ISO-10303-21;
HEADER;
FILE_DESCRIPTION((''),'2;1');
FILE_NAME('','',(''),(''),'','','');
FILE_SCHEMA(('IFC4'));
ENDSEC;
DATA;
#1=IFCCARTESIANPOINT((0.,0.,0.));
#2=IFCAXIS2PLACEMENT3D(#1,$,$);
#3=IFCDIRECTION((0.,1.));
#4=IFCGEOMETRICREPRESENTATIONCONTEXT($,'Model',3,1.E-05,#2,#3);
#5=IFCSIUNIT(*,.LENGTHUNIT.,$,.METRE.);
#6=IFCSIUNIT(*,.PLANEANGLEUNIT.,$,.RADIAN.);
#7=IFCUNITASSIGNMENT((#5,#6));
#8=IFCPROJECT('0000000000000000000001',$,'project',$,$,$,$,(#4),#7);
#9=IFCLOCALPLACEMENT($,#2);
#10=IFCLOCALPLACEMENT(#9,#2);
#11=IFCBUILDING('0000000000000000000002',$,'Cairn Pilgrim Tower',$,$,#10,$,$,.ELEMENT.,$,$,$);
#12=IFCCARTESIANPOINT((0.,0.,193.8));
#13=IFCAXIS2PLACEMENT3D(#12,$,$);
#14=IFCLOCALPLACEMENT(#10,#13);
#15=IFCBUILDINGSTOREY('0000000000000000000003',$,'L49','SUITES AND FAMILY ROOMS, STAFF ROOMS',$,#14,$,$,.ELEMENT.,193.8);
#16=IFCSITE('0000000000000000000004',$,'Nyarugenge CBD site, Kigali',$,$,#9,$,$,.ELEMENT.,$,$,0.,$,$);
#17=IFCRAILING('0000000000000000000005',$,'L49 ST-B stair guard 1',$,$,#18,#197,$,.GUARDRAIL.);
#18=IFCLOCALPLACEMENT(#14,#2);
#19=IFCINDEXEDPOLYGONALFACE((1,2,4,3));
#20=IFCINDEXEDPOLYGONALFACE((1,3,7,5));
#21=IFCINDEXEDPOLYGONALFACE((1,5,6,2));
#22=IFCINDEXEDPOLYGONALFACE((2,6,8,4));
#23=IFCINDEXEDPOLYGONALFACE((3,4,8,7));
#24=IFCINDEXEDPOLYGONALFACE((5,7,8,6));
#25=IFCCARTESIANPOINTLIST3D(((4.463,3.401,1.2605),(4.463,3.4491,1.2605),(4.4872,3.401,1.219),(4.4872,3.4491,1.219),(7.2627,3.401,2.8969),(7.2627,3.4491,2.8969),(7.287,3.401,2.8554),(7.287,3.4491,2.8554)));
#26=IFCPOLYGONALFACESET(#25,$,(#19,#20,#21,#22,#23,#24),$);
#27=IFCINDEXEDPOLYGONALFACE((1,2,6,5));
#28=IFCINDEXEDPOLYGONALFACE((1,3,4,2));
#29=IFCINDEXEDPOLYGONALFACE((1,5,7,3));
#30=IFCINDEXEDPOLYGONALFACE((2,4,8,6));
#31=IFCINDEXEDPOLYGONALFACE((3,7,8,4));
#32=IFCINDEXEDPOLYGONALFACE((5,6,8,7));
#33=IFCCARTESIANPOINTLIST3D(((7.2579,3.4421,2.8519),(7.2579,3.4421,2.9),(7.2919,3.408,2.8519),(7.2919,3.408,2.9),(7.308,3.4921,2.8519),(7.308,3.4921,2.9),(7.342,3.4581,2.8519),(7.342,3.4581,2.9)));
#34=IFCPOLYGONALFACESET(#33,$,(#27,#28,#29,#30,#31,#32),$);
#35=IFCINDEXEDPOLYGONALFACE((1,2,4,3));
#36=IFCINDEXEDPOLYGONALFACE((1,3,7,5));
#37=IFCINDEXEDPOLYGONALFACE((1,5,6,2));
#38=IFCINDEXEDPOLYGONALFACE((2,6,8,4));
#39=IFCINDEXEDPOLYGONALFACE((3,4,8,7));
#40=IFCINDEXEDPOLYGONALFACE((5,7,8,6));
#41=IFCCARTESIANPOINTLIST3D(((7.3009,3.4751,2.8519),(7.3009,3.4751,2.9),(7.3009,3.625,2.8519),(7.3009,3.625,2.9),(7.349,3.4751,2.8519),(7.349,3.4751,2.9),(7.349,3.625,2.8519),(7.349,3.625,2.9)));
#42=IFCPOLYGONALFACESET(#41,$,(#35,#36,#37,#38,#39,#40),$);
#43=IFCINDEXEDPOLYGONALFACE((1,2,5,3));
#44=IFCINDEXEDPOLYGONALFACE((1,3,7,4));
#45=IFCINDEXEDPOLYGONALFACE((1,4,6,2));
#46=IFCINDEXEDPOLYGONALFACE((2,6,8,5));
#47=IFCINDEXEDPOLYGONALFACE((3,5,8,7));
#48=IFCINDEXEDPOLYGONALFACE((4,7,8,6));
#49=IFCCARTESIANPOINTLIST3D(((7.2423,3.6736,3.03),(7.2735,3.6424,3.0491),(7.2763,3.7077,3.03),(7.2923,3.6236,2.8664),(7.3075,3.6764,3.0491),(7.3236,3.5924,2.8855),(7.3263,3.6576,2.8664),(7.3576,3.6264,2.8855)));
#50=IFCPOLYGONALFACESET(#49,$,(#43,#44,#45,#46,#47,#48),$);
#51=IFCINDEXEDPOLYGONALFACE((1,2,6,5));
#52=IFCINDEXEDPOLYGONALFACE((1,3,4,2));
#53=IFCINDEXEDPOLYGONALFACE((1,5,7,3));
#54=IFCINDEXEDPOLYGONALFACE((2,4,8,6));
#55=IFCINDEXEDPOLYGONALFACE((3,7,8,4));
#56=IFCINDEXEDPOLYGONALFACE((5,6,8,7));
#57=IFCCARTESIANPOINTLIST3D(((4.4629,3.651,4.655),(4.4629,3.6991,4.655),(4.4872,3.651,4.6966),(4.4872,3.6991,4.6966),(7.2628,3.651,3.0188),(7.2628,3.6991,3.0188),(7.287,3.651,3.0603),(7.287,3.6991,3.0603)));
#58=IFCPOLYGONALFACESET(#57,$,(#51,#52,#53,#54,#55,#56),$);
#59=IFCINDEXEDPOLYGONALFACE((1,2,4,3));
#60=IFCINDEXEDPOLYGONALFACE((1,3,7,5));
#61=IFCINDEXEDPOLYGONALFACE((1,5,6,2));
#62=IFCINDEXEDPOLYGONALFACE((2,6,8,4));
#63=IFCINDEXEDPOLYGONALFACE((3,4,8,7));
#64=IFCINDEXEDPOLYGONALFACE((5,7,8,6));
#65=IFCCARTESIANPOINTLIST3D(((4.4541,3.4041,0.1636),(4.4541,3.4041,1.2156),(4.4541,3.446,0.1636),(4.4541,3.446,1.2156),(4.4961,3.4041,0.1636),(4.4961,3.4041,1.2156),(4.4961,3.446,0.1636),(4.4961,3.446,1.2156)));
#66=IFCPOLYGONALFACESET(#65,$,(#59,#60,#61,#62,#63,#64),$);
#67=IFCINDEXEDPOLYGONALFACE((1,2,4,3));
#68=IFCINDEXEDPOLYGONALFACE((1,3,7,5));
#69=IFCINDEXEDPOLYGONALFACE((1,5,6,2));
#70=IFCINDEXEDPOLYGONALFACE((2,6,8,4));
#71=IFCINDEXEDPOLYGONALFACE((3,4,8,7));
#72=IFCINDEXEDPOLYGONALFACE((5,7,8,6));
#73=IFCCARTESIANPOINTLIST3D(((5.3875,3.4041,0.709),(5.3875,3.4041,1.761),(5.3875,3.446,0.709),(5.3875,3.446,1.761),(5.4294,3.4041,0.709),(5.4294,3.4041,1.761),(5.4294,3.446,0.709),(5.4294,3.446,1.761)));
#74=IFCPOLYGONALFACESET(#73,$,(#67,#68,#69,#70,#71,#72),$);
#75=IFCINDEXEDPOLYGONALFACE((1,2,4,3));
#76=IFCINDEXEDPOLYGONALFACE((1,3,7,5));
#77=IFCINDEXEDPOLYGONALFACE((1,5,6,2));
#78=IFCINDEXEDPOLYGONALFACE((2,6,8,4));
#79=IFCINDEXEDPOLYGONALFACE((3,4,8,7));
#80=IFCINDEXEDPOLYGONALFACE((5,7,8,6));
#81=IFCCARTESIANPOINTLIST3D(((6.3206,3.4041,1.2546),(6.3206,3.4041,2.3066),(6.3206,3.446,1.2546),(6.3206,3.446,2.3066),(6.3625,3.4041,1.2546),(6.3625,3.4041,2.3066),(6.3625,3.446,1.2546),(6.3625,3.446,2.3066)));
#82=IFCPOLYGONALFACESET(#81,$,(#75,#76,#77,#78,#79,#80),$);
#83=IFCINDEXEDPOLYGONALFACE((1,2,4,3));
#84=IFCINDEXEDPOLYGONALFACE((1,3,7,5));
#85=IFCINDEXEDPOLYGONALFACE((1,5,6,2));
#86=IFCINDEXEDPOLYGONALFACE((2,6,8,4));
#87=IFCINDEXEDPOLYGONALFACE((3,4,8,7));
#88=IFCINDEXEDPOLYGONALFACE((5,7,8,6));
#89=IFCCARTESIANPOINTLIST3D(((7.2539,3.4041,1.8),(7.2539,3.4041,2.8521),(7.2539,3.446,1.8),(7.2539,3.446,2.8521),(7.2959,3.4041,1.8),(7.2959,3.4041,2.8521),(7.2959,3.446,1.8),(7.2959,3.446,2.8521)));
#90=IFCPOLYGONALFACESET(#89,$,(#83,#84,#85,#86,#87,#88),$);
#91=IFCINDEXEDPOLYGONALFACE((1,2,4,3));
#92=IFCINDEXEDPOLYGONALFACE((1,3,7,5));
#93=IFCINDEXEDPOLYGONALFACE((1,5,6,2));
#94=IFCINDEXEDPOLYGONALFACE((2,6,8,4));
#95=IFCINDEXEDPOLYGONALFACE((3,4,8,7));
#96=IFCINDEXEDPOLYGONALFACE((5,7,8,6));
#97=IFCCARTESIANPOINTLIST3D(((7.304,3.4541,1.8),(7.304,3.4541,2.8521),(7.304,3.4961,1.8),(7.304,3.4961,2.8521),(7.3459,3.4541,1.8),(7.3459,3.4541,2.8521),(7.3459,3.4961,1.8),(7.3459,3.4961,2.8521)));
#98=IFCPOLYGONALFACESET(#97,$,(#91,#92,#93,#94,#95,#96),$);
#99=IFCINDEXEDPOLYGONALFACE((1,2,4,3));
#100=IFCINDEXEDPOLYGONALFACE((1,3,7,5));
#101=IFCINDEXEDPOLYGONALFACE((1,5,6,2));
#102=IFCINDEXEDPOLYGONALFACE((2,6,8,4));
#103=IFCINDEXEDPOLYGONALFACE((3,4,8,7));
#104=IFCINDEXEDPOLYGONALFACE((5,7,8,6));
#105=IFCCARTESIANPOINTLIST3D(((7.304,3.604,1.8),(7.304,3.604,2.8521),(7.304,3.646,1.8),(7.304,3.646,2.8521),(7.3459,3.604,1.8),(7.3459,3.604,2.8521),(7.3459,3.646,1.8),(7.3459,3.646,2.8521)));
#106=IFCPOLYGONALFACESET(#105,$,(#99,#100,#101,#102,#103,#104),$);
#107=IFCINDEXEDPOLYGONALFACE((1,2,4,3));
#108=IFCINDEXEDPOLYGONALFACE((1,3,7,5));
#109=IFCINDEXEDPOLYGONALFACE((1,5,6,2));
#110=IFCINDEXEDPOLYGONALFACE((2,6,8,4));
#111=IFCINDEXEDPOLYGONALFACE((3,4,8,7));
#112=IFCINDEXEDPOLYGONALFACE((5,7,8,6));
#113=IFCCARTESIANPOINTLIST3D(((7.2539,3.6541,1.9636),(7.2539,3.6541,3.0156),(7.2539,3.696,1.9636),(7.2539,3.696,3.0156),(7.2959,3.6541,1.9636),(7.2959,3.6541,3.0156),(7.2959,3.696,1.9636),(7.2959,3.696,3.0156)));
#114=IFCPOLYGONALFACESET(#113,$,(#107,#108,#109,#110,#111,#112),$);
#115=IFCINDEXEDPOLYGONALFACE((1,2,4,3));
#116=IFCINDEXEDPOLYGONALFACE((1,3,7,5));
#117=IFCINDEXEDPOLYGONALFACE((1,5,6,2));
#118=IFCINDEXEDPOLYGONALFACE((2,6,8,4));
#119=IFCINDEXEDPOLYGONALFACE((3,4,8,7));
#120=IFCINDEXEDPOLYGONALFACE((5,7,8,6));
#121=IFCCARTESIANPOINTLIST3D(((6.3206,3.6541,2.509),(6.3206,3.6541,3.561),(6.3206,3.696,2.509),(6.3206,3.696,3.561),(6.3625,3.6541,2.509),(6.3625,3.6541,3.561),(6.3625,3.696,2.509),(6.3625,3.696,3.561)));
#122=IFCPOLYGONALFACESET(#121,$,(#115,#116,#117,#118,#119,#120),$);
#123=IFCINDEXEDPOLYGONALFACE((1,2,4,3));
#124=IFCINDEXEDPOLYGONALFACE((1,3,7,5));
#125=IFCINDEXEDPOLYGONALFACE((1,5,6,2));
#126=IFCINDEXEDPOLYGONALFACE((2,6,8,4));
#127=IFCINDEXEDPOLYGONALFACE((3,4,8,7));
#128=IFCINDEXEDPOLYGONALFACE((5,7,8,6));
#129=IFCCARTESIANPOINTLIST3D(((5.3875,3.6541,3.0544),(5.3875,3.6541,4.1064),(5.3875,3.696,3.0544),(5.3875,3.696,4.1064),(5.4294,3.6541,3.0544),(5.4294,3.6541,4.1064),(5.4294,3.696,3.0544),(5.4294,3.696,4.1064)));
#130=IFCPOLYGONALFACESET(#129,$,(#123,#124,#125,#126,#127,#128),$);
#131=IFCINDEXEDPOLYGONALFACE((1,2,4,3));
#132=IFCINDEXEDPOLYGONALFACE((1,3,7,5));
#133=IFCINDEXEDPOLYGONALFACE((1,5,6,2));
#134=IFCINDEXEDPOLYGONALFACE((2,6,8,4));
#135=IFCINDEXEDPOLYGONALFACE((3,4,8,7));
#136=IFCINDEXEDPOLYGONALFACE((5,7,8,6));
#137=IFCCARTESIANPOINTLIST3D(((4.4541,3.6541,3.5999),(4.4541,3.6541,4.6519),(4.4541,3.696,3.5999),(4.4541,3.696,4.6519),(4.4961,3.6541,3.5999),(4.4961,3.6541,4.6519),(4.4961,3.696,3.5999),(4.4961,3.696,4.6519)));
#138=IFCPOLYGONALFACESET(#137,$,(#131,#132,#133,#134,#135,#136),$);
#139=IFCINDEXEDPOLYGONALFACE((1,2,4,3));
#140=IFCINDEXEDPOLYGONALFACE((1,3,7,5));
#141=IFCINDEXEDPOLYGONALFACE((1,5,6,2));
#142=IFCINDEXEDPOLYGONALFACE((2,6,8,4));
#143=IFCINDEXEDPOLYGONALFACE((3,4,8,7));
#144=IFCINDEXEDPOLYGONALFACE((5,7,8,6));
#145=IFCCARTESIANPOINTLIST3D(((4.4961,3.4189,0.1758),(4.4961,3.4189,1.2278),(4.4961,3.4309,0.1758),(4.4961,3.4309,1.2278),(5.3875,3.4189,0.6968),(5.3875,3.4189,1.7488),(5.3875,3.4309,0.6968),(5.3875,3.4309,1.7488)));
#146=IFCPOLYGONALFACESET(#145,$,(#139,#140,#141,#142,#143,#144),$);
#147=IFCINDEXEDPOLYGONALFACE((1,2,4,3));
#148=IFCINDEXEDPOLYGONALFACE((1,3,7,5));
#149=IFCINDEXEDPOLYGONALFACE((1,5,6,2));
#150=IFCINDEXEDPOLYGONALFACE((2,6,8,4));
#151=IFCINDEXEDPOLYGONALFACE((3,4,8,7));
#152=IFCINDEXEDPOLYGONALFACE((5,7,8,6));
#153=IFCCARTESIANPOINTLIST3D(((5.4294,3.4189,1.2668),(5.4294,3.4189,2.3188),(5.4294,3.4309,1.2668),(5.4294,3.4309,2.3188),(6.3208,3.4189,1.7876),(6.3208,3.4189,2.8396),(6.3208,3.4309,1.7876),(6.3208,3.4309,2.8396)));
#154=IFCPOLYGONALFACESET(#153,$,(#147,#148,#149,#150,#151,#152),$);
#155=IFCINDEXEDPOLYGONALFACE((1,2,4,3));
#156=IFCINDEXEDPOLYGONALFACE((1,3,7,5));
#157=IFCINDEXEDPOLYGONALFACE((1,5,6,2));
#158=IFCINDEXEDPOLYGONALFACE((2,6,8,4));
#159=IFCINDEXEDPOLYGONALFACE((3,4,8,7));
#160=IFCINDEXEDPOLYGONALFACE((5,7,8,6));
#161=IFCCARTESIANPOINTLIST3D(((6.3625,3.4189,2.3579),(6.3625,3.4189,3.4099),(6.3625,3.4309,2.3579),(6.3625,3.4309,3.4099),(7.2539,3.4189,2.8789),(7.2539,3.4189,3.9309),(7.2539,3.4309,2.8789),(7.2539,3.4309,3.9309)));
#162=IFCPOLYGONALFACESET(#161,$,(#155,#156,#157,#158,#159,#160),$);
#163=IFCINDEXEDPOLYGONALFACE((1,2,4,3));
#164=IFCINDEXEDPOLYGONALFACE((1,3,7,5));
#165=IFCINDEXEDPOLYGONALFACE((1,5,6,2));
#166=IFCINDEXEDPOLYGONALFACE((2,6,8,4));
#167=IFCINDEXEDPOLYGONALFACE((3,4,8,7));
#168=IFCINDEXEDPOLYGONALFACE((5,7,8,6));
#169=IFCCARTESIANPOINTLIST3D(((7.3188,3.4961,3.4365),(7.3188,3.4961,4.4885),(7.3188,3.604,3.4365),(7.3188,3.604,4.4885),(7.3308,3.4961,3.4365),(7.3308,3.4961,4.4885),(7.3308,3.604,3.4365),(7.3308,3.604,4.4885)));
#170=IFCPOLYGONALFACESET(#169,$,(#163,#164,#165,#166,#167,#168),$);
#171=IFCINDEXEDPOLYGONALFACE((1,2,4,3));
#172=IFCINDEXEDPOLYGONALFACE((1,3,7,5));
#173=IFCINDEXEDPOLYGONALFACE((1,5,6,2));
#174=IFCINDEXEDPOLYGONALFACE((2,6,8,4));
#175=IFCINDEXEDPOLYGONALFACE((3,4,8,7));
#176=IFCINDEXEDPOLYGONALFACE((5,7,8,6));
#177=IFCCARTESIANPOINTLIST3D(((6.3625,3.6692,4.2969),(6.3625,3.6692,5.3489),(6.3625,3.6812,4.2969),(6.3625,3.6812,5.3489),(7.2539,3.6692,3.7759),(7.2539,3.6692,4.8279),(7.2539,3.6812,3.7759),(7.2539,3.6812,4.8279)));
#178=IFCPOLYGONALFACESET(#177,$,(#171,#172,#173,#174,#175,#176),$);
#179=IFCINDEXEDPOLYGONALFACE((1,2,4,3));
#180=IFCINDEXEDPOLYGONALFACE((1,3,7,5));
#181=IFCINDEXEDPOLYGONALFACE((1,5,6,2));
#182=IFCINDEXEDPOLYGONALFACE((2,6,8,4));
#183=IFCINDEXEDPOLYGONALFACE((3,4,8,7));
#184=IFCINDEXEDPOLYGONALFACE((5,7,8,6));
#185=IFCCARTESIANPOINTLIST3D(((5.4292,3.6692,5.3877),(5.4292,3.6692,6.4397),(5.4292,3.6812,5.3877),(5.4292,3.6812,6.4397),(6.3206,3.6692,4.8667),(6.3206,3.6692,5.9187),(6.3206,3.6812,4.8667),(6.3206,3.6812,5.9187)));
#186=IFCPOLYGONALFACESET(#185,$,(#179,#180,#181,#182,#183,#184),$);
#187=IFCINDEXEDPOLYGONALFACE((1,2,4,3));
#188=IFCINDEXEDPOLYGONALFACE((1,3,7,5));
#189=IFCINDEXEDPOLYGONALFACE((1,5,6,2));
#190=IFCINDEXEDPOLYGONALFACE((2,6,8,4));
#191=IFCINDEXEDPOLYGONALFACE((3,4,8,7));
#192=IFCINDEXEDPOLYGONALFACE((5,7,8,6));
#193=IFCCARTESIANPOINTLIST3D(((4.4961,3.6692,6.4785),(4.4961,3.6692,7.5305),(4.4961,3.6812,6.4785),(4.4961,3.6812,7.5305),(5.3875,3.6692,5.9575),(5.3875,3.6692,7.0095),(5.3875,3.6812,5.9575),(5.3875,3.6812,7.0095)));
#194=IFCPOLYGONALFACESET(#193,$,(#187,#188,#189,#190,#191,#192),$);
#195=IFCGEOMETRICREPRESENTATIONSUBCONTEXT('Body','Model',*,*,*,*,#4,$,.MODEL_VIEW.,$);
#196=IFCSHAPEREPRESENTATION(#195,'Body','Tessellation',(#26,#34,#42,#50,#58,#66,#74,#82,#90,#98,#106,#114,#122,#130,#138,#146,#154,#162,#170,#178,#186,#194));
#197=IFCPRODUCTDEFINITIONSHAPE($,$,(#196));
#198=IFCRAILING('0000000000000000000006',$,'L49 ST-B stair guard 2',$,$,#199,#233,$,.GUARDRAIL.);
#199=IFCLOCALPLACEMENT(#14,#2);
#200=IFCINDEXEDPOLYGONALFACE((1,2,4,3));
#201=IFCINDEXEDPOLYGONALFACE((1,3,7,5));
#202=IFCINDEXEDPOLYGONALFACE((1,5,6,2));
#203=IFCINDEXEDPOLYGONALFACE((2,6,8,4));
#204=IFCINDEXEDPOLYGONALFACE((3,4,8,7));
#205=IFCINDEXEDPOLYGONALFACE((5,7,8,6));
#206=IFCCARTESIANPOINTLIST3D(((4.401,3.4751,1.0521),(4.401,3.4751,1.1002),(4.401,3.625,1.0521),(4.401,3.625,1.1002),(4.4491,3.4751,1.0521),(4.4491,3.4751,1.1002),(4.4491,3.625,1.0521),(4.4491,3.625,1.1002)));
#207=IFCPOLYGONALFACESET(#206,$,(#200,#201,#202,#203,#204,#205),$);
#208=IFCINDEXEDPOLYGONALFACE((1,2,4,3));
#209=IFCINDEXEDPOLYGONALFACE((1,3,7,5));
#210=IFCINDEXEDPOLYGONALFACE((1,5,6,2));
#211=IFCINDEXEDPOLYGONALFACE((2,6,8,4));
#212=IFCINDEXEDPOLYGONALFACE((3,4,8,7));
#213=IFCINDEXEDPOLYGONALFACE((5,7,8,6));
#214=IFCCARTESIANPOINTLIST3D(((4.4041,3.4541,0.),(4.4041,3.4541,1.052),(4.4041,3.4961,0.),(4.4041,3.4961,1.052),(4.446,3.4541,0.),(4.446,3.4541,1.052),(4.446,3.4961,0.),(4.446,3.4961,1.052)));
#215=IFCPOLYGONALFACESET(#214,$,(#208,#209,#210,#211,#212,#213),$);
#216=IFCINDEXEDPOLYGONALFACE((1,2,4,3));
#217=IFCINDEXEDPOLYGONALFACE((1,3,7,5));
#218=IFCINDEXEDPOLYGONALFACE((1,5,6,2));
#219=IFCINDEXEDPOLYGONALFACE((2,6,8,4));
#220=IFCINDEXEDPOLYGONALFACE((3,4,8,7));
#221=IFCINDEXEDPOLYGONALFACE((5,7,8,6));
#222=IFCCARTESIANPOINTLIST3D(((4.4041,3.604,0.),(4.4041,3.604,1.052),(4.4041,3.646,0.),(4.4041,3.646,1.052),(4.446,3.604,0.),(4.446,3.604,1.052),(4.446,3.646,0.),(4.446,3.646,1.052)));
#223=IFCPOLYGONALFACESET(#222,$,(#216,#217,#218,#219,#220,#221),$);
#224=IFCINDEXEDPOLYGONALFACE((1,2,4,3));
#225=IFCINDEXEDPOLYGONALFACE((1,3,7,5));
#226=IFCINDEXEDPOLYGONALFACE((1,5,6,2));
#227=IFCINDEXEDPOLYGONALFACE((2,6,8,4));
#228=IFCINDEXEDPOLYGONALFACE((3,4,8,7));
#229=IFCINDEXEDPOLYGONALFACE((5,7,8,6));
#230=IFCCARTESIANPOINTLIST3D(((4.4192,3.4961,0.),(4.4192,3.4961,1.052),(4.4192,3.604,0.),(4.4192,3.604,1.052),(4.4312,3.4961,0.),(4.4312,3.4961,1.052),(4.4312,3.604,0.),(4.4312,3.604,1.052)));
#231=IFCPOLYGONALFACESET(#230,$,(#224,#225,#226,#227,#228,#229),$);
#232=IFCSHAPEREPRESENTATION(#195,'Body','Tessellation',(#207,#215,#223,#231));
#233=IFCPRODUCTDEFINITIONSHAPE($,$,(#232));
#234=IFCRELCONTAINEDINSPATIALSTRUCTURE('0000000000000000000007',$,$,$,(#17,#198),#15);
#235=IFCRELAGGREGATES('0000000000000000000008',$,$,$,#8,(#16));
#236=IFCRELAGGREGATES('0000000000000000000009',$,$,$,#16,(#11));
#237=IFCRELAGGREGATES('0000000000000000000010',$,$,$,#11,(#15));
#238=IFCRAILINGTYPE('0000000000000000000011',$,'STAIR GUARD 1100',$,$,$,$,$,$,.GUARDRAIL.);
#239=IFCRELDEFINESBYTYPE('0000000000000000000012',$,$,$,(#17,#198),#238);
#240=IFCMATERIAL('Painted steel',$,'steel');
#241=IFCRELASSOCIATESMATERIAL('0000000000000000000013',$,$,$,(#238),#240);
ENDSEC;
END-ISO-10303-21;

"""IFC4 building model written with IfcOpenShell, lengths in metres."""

from ifc_helpers import new_model, si_unit, direction, frame, origin, origin_2d, place, context, subcontext, project, spatial, polyline, rectangle, outline, extrude, material, type_object, element, save


model = new_model("IFC4")

# Units and contexts
model_context = context("Model", 3, precision=1e-05, world=origin(), true_north=direction((0.0, 1.0)))
body_context = subcontext(model_context, "Body", "Model", "MODEL_VIEW")
ifc_project = project(units=[si_unit("LENGTHUNIT", "METRE"), si_unit("PLANEANGLEUNIT", "RADIAN")], contexts=[model_context])

# Site, building, storey
site_placement = place(None, origin())
site = spatial("IfcSite", under=ifc_project, at=site_placement, Name="Nyarugenge CBD site, Kigali", CompositionType="ELEMENT", RefElevation=0.0)
building_placement = place(site_placement, origin())
building = spatial("IfcBuilding", under=site, at=building_placement, Name="Cairn Pilgrim Tower", CompositionType="ELEMENT")
storey_placement = place(building_placement, frame((0.0, 0.0, 193.8)))
storey = spatial("IfcBuildingStorey", under=building, at=storey_placement, Name="L49", Description="SUITES AND FAMILY ROOMS, STAFF ROOMS", CompositionType="ELEMENT", Elevation=193.8)

# Shared definitions
ifc_material_1 = material(Name="Painted steel", Category="steel")

# Railings
railing_type_1 = type_object("IfcRailingType", Name="STAIR GUARD 1100", PredefinedType="GUARDRAIL", material=ifc_material_1)
railing_1_placement = place(storey_placement, frame((4.4751, 3.425, 0.1636)))
element("IfcRailing", 1, at=railing_1_placement, inside=storey, type_object=railing_type_1, Name="L49 ST-B stair guard 1", PredefinedType="GUARDRAIL", context=body_context, shape_type="SweptSolid", body=[
    extrude(rectangle(XDim=0.0481, YDim=0.0481, at=origin_2d()), frame((0.0, 0.0, 1.0762), z_axis=(0.863342, 0.0, 0.50462), x_axis=(0.0, 1.0, 0.0)), (0.0, 0.0, 1.0), 3.2429),
    extrude(rectangle(XDim=0.0481, YDim=0.0481, at=origin_2d()), frame((2.7998, 0.0, 2.7124), z_axis=(0.707107, 0.707107, 0.0), x_axis=(-0.707107, 0.707107, 0.0)), (0.0, 0.0, 1.0), 0.0708),
    extrude(rectangle(XDim=0.0481, YDim=0.0481, at=origin_2d()), frame((2.8499, 0.05, 2.7124), z_axis=(0.0, 1.0, 0.0), x_axis=(-1.0, 0.0, 0.0)), (0.0, 0.0, 1.0), 0.1499),
    extrude(rectangle(XDim=0.0481, YDim=0.0481, at=origin_2d()), frame((2.8499, 0.2, 2.7124), z_axis=(-0.280809, 0.280809, 0.917765), x_axis=(-0.707107, -0.707107, 0.0)), (0.0, 0.0, 1.0), 0.1782),
    extrude(rectangle(XDim=0.0481, YDim=0.0481, at=origin_2d()), frame((2.7998, 0.25, 2.876), z_axis=(-0.863374, 0.0, 0.504564), x_axis=(0.0, -1.0, 0.0)), (0.0, 0.0, 1.0), 3.2429),
    extrude(rectangle(XDim=0.042, YDim=0.042, at=origin_2d()), origin(), (0.0, 0.0, 1.0), 1.052),
    extrude(rectangle(XDim=0.042, YDim=0.042, at=origin_2d()), frame((0.9333, 0.0, 0.5454)), (0.0, 0.0, 1.0), 1.052),
    extrude(rectangle(XDim=0.042, YDim=0.042, at=origin_2d()), frame((1.8665, 0.0, 1.0911)), (0.0, 0.0, 1.0), 1.052),
    extrude(rectangle(XDim=0.042, YDim=0.042, at=origin_2d()), frame((2.7998, 0.0, 1.6365)), (0.0, 0.0, 1.0), 1.052),
    extrude(rectangle(XDim=0.042, YDim=0.042, at=origin_2d()), frame((2.8499, 0.05, 1.6365)), (0.0, 0.0, 1.0), 1.052),
    extrude(rectangle(XDim=0.042, YDim=0.042, at=origin_2d()), frame((2.8499, 0.2, 1.6365)), (0.0, 0.0, 1.0), 1.052),
    extrude(rectangle(XDim=0.042, YDim=0.042, at=origin_2d()), frame((2.7998, 0.25, 1.8)), (0.0, 0.0, 1.0), 1.052),
    extrude(rectangle(XDim=0.042, YDim=0.042, at=origin_2d()), frame((1.8665, 0.25, 2.3455)), (0.0, 0.0, 1.0), 1.052),
    extrude(rectangle(XDim=0.042, YDim=0.042, at=origin_2d()), frame((0.9333, 0.25, 2.8909)), (0.0, 0.0, 1.0), 1.052),
    extrude(rectangle(XDim=0.042, YDim=0.042, at=origin_2d()), frame((0.0, 0.25, 3.4363)), (0.0, 0.0, 1.0), 1.052),
    extrude(outline(polyline([(0.021, 0.0122), (0.9124, 0.5332), (0.9124, 1.5852), (0.021, 1.0642), (0.021, 0.0122)])), frame((0.0, 0.0059, 0.0), z_axis=(0.0, -1.0, 0.0), x_axis=(1.0, 0.0, 0.0)), (0.0, 0.0, 1.0), 0.012),
    extrude(outline(polyline([(0.021, 0.5579), (0.9124, 1.0786), (0.9124, 2.1306), (0.021, 1.6099), (0.021, 0.5579)])), frame((0.9333, 0.0059, 0.5454), z_axis=(0.0, -1.0, 0.0), x_axis=(1.0, 0.0, 0.0)), (0.0, 0.0, 1.0), 0.012),
    extrude(outline(polyline([(0.021, 1.1033), (0.9124, 1.6243), (0.9124, 2.6763), (0.021, 2.1553), (0.021, 1.1033)])), frame((1.8665, 0.0059, 1.0911), z_axis=(0.0, -1.0, 0.0), x_axis=(1.0, 0.0, 0.0)), (0.0, 0.0, 1.0), 0.012),
    extrude(outline(polyline([(0.021, 1.6365), (0.1289, 1.6365), (0.1289, 2.6885), (0.021, 2.6885), (0.021, 1.6365)])), frame((2.8438, 0.05, 1.6365), z_axis=(1.0, 0.0, 0.0), x_axis=(0.0, 1.0, 0.0)), (0.0, 0.0, 1.0), 0.012),
    extrude(outline(polyline([(0.021, 1.8123), (0.9124, 2.3333), (0.9124, 3.3853), (0.021, 2.8643), (0.021, 1.8123)])), frame((2.7998, 0.2441, 1.8), z_axis=(0.0, 1.0, 0.0), x_axis=(-1.0, 0.0, 0.0)), (0.0, 0.0, 1.0), 0.012),
    extrude(outline(polyline([(0.021, 2.3577), (0.9124, 2.8787), (0.9124, 3.9307), (0.021, 3.4097), (0.021, 2.3577)])), frame((1.8665, 0.2441, 2.3455), z_axis=(0.0, 1.0, 0.0), x_axis=(-1.0, 0.0, 0.0)), (0.0, 0.0, 1.0), 0.012),
    extrude(outline(polyline([(0.021, 2.9031), (0.9124, 3.4241), (0.9124, 4.4761), (0.021, 3.9551), (0.021, 2.9031)])), frame((0.9333, 0.2441, 2.8909), z_axis=(0.0, 1.0, 0.0), x_axis=(-1.0, 0.0, 0.0)), (0.0, 0.0, 1.0), 0.012),
])
railing_2_placement = place(storey_placement, frame((4.425, 3.4751, 0.0)))
element("IfcRailing", 2, at=railing_2_placement, inside=storey, type_object=railing_type_1, Name="L49 ST-B stair guard 2", PredefinedType="GUARDRAIL", context=body_context, shape_type="SweptSolid", body=[
    extrude(rectangle(XDim=0.0481, YDim=0.0481, at=origin_2d()), frame((0.0, 0.0, 1.0762), z_axis=(0.0, 1.0, 0.0), x_axis=(-1.0, 0.0, 0.0)), (0.0, 0.0, 1.0), 0.1499),
    extrude(rectangle(XDim=0.042, YDim=0.042, at=origin_2d()), origin(), (0.0, 0.0, 1.0), 1.052),
    extrude(rectangle(XDim=0.042, YDim=0.042, at=origin_2d()), frame((0.0, 0.1499, 0.0)), (0.0, 0.0, 1.0), 1.052),
    extrude(outline(polyline([(0.021, 0.0), (0.1289, 0.0), (0.1289, 1.052), (0.021, 1.052), (0.021, 0.0)])), frame((-0.0059, 0.0, 0.0), z_axis=(1.0, 0.0, 0.0), x_axis=(0.0, 1.0, 0.0)), (0.0, 0.0, 1.0), 0.012),
])

save(model, "model.ifc")
